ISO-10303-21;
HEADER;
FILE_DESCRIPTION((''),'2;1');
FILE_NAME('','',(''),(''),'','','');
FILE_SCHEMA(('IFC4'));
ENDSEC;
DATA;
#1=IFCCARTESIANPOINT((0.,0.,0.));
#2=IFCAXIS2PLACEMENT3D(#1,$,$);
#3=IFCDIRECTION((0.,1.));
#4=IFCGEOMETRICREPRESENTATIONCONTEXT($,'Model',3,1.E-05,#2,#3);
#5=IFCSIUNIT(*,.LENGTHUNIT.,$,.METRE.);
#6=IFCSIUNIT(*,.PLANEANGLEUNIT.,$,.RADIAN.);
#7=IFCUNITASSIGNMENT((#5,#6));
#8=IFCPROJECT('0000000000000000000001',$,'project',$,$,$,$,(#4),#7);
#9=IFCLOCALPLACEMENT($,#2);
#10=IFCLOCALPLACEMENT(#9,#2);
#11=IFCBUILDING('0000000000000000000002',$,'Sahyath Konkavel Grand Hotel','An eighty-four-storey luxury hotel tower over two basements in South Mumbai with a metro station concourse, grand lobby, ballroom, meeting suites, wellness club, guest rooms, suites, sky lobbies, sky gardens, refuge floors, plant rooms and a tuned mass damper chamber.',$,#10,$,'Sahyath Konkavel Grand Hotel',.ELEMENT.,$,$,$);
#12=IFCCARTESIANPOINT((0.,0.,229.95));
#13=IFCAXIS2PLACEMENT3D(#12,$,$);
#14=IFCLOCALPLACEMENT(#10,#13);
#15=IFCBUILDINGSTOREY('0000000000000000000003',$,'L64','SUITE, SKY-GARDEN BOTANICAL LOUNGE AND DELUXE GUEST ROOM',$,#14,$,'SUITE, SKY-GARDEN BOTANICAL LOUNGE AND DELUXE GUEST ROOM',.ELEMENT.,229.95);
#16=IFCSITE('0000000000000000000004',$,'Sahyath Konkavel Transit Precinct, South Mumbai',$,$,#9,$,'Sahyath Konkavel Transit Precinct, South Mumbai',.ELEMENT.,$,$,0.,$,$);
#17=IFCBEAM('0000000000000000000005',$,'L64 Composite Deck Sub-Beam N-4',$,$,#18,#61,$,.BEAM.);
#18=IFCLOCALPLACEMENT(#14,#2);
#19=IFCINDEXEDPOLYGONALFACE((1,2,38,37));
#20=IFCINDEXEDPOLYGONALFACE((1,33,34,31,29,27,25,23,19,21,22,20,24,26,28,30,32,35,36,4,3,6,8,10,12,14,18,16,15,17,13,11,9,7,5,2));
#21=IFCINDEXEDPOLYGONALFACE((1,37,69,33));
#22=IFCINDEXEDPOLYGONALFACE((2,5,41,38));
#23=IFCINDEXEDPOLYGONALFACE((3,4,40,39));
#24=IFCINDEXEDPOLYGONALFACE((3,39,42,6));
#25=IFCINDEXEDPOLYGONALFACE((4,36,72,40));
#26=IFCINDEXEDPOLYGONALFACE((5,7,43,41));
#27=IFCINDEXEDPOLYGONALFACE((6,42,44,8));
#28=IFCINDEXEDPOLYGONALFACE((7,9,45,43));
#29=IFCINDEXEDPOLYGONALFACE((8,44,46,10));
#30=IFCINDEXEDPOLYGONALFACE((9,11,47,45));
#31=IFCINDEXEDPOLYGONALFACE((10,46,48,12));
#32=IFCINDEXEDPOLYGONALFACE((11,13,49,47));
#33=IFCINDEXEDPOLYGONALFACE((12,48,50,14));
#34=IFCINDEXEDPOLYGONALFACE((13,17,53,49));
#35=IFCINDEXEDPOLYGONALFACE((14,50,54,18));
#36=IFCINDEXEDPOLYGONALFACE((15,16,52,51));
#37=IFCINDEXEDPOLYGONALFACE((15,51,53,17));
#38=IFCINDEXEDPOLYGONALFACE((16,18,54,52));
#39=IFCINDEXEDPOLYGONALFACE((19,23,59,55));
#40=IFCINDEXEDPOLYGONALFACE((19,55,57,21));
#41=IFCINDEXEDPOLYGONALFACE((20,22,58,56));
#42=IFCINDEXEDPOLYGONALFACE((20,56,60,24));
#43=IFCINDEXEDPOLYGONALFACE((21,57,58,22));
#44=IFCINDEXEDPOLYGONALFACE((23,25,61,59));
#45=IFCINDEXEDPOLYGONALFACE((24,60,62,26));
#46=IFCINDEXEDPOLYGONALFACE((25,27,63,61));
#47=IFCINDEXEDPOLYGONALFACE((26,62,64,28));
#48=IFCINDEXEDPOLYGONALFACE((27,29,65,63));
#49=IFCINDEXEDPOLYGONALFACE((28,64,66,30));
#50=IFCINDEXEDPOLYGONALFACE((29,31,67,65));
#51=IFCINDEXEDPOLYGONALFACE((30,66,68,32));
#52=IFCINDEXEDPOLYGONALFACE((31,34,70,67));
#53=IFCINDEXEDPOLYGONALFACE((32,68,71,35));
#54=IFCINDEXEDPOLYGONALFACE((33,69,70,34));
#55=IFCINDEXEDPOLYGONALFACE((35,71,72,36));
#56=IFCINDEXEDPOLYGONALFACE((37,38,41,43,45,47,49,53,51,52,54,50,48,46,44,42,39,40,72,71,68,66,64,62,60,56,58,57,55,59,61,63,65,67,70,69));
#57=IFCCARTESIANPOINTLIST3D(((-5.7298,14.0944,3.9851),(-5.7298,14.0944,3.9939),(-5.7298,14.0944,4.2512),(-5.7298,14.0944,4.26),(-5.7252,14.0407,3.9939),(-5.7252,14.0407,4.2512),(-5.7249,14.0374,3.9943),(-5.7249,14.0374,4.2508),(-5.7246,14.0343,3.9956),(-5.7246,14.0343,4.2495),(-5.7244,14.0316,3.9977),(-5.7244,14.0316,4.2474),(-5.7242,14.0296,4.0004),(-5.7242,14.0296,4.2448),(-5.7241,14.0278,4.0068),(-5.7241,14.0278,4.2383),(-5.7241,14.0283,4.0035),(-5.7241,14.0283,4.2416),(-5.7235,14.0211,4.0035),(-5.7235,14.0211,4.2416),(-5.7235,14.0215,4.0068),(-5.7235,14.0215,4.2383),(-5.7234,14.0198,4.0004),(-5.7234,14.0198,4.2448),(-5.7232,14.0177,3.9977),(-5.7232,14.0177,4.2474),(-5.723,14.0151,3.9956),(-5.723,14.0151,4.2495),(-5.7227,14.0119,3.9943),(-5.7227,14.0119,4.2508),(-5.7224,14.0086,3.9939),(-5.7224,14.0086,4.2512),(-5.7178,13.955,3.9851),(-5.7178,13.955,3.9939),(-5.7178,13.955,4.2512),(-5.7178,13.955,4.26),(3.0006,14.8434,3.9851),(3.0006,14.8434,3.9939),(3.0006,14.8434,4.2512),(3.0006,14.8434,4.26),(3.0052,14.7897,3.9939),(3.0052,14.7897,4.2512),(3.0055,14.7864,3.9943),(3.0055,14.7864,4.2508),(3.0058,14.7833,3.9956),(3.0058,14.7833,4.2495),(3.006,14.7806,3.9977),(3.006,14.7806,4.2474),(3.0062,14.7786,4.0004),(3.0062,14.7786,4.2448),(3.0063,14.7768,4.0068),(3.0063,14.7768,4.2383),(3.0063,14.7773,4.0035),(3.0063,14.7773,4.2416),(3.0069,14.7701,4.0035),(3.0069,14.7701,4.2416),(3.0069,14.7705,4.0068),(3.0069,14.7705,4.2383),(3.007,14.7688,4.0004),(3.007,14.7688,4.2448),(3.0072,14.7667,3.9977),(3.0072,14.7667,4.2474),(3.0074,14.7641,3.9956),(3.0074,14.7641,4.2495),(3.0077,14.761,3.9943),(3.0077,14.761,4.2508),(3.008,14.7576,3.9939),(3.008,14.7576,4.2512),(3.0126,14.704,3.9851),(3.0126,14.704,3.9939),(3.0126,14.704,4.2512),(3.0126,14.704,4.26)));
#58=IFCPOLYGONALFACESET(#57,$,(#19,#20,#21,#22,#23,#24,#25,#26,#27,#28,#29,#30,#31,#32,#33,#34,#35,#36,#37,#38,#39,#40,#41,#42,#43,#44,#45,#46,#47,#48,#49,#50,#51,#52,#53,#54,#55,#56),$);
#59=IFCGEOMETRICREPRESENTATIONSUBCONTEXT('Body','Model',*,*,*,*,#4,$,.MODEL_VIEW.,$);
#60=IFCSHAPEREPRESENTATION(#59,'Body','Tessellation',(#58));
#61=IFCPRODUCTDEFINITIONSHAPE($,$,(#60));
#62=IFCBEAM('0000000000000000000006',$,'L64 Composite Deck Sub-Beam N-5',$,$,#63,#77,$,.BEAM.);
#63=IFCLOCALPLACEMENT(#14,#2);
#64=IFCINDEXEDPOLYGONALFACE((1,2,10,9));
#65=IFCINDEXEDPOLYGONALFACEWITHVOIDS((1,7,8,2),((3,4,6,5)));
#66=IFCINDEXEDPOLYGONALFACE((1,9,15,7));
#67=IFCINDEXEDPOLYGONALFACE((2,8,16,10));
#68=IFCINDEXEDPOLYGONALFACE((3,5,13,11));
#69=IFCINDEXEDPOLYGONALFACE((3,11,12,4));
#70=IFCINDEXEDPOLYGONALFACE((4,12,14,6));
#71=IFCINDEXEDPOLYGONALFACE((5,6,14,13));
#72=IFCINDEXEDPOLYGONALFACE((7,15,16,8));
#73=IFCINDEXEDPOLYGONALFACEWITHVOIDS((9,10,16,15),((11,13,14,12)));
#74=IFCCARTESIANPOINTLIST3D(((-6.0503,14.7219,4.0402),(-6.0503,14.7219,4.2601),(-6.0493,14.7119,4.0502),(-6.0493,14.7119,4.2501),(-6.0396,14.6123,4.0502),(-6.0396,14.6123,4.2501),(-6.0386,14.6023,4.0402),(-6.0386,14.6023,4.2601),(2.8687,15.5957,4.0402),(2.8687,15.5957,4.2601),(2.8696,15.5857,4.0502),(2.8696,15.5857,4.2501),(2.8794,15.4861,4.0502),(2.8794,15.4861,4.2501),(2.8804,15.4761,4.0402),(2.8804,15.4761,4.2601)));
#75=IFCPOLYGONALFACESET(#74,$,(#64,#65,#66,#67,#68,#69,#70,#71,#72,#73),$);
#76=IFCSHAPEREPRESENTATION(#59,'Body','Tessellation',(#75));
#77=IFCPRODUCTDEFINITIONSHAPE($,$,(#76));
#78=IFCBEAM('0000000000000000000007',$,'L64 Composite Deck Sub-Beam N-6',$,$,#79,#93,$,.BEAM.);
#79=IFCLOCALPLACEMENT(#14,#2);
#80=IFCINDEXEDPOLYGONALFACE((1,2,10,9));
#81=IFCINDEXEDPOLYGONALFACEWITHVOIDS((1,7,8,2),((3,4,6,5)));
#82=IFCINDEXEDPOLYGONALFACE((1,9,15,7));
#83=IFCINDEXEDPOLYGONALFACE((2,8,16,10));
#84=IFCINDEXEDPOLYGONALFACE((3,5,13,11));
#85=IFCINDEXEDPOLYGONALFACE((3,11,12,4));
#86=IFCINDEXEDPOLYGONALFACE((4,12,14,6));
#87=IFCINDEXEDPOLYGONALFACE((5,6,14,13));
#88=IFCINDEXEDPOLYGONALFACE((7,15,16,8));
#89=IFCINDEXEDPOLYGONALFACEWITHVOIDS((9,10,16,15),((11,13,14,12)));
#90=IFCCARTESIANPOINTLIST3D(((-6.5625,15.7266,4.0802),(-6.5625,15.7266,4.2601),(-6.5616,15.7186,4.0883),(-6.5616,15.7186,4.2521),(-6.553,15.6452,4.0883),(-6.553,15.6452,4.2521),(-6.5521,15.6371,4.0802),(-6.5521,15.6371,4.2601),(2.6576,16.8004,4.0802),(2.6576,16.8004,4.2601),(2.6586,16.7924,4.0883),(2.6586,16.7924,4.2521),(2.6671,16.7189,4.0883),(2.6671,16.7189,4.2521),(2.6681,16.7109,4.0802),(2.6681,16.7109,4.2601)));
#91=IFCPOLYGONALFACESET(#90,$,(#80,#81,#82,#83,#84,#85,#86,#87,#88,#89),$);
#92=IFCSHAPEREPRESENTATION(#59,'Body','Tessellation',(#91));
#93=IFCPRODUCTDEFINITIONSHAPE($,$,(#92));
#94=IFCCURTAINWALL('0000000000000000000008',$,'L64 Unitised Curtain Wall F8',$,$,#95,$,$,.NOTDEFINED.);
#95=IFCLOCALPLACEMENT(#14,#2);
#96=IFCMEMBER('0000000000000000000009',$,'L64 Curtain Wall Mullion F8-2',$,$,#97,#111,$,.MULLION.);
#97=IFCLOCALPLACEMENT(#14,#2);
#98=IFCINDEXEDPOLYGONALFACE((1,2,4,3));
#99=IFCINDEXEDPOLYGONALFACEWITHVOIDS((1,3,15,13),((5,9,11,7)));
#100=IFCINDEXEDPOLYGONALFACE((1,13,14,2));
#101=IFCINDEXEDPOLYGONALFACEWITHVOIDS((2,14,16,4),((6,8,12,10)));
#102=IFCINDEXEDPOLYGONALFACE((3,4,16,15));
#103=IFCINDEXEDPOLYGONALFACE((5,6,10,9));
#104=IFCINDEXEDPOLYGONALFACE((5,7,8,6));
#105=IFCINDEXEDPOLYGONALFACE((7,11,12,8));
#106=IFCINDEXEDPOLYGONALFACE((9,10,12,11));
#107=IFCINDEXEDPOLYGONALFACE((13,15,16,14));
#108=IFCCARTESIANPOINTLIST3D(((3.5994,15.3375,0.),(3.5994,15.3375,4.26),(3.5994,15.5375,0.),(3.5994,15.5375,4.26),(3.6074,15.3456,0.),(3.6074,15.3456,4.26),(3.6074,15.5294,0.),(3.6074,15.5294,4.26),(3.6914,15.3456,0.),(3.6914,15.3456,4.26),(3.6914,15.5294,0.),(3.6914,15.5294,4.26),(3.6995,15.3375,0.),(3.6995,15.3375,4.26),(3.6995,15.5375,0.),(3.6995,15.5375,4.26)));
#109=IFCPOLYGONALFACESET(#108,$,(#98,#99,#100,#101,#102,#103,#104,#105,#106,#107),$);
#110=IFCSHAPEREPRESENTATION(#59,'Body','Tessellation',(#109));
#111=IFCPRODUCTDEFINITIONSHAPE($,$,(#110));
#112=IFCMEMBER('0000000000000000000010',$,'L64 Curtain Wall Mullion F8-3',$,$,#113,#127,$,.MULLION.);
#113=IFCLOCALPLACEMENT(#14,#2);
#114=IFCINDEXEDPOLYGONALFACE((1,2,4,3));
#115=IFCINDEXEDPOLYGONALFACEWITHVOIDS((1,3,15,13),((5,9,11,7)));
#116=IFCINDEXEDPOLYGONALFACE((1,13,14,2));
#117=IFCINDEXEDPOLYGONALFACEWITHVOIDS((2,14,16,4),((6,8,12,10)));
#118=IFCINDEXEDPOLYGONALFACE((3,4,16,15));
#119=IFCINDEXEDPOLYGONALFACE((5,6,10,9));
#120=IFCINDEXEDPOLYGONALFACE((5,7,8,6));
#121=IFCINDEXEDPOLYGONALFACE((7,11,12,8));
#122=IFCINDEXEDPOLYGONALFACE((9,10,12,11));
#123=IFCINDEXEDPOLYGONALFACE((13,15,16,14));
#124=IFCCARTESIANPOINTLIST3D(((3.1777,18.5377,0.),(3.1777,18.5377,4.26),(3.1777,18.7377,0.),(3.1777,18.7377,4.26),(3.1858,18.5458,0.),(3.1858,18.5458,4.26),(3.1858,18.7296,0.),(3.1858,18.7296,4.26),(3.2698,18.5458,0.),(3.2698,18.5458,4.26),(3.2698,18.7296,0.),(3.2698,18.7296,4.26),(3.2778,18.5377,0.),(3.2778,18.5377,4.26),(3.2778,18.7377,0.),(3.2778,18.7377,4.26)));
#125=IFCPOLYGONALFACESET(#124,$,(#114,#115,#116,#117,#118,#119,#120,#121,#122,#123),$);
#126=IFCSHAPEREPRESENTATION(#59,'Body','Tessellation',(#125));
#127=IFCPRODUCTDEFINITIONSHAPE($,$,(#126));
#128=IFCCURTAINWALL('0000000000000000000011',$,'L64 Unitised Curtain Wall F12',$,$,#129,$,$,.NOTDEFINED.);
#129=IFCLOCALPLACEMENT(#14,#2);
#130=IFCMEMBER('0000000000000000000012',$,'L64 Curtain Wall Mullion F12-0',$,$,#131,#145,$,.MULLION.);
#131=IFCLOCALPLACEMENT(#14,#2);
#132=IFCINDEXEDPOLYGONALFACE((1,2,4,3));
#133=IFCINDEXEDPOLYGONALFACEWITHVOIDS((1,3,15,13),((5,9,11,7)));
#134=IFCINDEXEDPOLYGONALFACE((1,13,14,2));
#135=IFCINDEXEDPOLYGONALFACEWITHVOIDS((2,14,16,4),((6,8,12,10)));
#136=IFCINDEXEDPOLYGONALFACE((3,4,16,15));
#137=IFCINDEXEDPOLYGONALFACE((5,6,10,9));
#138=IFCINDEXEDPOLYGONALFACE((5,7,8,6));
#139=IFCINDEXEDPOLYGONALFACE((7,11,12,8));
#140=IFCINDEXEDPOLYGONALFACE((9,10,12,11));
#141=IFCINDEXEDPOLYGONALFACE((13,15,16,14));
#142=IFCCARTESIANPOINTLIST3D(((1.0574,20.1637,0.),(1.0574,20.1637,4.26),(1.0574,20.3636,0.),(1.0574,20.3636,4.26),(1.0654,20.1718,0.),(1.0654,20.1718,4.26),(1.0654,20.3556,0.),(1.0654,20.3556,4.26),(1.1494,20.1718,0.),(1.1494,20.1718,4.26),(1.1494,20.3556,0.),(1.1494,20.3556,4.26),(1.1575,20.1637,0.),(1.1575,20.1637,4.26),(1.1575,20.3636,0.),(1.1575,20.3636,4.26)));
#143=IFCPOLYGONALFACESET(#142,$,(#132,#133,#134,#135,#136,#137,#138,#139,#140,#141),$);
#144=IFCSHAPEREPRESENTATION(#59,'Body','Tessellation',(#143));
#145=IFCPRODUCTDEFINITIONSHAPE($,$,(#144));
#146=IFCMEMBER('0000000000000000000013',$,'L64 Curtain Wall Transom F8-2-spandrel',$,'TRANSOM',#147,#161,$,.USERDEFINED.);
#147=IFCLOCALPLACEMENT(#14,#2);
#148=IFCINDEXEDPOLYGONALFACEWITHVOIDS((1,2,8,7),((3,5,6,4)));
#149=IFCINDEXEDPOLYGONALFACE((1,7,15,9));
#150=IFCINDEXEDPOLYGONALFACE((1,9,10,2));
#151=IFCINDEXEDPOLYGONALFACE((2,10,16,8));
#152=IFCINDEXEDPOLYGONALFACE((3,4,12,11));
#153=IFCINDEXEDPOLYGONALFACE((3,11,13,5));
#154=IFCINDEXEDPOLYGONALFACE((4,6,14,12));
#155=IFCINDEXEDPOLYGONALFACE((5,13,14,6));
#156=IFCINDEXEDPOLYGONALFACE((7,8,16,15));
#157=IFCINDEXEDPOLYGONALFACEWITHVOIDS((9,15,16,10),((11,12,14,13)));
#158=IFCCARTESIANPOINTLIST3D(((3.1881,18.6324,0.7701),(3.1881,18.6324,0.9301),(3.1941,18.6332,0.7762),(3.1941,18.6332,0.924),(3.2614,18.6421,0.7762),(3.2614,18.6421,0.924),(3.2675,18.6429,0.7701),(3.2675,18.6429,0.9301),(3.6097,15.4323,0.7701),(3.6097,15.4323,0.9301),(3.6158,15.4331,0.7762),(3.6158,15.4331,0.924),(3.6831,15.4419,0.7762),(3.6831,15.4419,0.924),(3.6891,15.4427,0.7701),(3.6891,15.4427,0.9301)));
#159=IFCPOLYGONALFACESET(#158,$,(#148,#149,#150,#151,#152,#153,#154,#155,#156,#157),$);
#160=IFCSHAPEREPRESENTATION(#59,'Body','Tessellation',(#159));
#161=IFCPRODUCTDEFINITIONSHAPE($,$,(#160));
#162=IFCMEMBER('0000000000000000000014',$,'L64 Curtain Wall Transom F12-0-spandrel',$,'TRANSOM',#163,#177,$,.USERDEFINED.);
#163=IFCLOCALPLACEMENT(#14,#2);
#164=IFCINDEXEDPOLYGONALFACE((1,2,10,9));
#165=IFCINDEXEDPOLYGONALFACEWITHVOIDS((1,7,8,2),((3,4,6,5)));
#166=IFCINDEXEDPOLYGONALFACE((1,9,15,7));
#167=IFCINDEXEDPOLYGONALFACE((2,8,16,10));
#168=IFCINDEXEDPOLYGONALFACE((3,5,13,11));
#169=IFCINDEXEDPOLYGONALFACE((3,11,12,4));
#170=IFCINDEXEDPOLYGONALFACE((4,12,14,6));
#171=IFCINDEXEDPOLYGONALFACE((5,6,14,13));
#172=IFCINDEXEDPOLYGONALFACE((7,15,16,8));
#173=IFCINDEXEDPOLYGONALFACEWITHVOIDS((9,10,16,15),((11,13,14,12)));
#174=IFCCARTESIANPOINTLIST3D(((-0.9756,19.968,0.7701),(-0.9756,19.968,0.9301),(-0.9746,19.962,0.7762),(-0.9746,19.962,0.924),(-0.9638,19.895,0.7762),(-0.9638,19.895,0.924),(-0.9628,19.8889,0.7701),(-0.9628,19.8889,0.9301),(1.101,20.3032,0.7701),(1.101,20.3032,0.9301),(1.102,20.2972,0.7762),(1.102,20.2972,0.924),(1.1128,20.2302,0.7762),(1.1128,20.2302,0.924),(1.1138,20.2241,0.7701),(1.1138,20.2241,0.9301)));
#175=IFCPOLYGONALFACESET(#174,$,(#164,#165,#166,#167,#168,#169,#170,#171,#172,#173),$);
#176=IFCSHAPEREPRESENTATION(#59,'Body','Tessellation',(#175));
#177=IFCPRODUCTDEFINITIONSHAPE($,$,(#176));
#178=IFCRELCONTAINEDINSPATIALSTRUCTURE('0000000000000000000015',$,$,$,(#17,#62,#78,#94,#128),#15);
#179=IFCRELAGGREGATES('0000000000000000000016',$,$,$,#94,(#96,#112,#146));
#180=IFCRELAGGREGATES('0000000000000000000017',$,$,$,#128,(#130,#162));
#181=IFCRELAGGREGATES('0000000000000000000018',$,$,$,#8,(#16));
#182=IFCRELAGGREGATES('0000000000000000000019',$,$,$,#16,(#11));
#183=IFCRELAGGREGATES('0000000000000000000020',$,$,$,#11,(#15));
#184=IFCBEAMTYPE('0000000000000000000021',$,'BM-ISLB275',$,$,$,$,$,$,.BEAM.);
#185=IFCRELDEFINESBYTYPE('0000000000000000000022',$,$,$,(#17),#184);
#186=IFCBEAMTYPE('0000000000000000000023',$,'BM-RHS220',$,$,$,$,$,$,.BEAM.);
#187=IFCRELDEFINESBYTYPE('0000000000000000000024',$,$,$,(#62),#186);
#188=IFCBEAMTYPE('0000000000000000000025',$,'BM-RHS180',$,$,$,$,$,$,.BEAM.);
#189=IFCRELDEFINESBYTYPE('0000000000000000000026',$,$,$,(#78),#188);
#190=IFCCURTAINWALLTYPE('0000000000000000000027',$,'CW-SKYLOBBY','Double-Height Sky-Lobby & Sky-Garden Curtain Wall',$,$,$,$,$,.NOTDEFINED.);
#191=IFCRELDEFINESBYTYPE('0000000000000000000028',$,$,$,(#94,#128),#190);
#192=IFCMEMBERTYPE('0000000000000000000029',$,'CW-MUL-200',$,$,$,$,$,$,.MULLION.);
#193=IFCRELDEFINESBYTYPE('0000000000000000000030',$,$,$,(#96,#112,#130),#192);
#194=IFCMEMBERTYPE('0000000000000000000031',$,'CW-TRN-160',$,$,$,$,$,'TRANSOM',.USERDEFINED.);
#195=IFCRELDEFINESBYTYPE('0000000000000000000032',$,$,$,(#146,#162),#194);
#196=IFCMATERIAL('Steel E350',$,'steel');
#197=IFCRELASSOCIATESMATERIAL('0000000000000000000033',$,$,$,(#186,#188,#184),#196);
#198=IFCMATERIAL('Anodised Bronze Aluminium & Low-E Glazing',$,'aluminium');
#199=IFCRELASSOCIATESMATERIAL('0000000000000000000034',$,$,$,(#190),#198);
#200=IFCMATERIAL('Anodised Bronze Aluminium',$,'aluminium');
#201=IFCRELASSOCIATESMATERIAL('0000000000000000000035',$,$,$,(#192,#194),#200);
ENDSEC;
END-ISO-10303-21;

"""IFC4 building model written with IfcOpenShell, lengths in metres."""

from ifc_helpers import new_model, si_unit, direction, frame, origin, origin_2d, place, context, subcontext, project, spatial, hollow_rectangle, i_section, extrude, source, transform, mapped, material, material_profile, profile_set, type_object, element, aggregate, save


model = new_model("IFC4")

# Units and contexts
model_context = context("Model", 3, precision=1e-05, world=origin(), true_north=direction((0.0, 1.0)))
body_context = subcontext(model_context, "Body", "Model", "MODEL_VIEW")
ifc_project = project(units=[si_unit("LENGTHUNIT", "METRE"), si_unit("PLANEANGLEUNIT", "RADIAN")], contexts=[model_context])

# Site, building, storey
site_placement = place(None, origin())
site = spatial("IfcSite", under=ifc_project, at=site_placement, Name="Sahyath Konkavel Transit Precinct, South Mumbai", LongName="Sahyath Konkavel Transit Precinct, South Mumbai", CompositionType="ELEMENT", RefElevation=0.0)
building_placement = place(site_placement, origin())
building = spatial("IfcBuilding", under=site, at=building_placement, Name="Sahyath Konkavel Grand Hotel", Description="An eighty-four-storey luxury hotel tower over two basements in South Mumbai with a metro station concourse, grand lobby, ballroom, meeting suites, wellness club, guest rooms, suites, sky lobbies, sky gardens, refuge floors, plant rooms and a tuned mass damper chamber.", LongName="Sahyath Konkavel Grand Hotel", CompositionType="ELEMENT")
storey_placement = place(building_placement, frame((0.0, 0.0, 229.95)))
storey = spatial("IfcBuildingStorey", under=building, at=storey_placement, Name="L64", Description="SUITE, SKY-GARDEN BOTANICAL LOUNGE AND DELUXE GUEST ROOM", LongName="SUITE, SKY-GARDEN BOTANICAL LOUNGE AND DELUXE GUEST ROOM", CompositionType="ELEMENT", Elevation=229.95)

# Beams
ifc_material_1 = material(Name="Steel E350", Category="steel")
ifc_material_profile_1 = material_profile(ifc_material_1, hollow_rectangle(XDim=0.1201, YDim=0.22, WallThickness=0.01, at=origin_2d()), Name="RHS 220x120x10")
ifc_profile_set_1 = profile_set([ifc_material_profile_1], Name="Steel E350")
beam_type_1 = type_object("IfcBeamType", Name="BM-RHS220", PredefinedType="BEAM", material=ifc_profile_set_1)
ifc_material_profile_2 = material_profile(ifc_material_1, hollow_rectangle(XDim=0.0901, YDim=0.1799, WallThickness=0.0081, at=origin_2d()), Name="RHS 180x90x8")
ifc_profile_set_2 = profile_set([ifc_material_profile_2], Name="Steel E350")
beam_type_2 = type_object("IfcBeamType", Name="BM-RHS180", PredefinedType="BEAM", material=ifc_profile_set_2)
ifc_material_profile_3 = material_profile(ifc_material_1, i_section(OverallWidth=0.1399, OverallDepth=0.2749, WebThickness=0.0063, FlangeThickness=0.0088, FilletRadius=0.0129, at=origin_2d()), Name="ISLB 275")
ifc_profile_set_3 = profile_set([ifc_material_profile_3], Name="Steel E350")
beam_type_3 = type_object("IfcBeamType", Name="BM-ISLB275", PredefinedType="BEAM", material=ifc_profile_set_3)
shared_shape_1 = source(origin(), body_context, "Body", "SweptSolid", [
    extrude(i_section(OverallWidth=0.1399, OverallDepth=0.2749, WebThickness=0.0063, FlangeThickness=0.0088, FilletRadius=0.0129, at=origin_2d()), origin(), (0.0, 0.0, 1.0), 8.7625),
])
beam_1_placement = place(storey_placement, frame((3.0066, 14.7737, 4.1226), z_axis=(-0.99634, -0.08548, 0.0), x_axis=(0.08548, -0.99634, 0.0)))
element("IfcBeam", 1, at=beam_1_placement, inside=storey, type_object=beam_type_3, Name="L64 Composite Deck Sub-Beam N-4", PredefinedType="BEAM", context=body_context, shape_type="MappedRepresentation", body=[
    mapped(shared_shape_1, transform((0.0, 0.0, 0.0), scale=1.0)),
])
shared_shape_2 = source(origin(), body_context, "Body", "SweptSolid", [
    extrude(hollow_rectangle(XDim=0.1201, YDim=0.22, WallThickness=0.01, at=origin_2d()), origin(), (0.0, 0.0, 1.0), 8.9617),
])
beam_2_placement = place(storey_placement, frame((2.8745, 15.5359, 4.1501), z_axis=(-0.995235, -0.097502, 0.0), x_axis=(0.097502, -0.995235, 0.0)))
element("IfcBeam", 2, at=beam_2_placement, inside=storey, type_object=beam_type_1, Name="L64 Composite Deck Sub-Beam N-5", PredefinedType="BEAM", context=body_context, shape_type="MappedRepresentation", body=[
    mapped(shared_shape_2, transform((0.0, 0.0, 0.0), scale=1.0)),
])
shared_shape_3 = source(origin(), body_context, "Body", "SweptSolid", [
    extrude(hollow_rectangle(XDim=0.0901, YDim=0.1799, WallThickness=0.0081, at=origin_2d()), origin(), (0.0, 0.0, 1.0), 9.2825),
])
beam_3_placement = place(storey_placement, frame((2.6628, 16.7556, 4.1702), z_axis=(-0.993287, -0.115672, 0.0), x_axis=(0.115672, -0.993287, 0.0)))
element("IfcBeam", 3, at=beam_3_placement, inside=storey, type_object=beam_type_2, Name="L64 Composite Deck Sub-Beam N-6", PredefinedType="BEAM", context=body_context, shape_type="MappedRepresentation", body=[
    mapped(shared_shape_3, transform((0.0, 0.0, 0.0), scale=1.0)),
])

# Curtain wall, members
ifc_material_2 = material(Name="Anodised Bronze Aluminium & Low-E Glazing", Category="aluminium")
curtain_wall_type = type_object("IfcCurtainWallType", Name="CW-SKYLOBBY", Description="Double-Height Sky-Lobby & Sky-Garden Curtain Wall", PredefinedType="NOTDEFINED", material=ifc_material_2)
curtain_wall_1_placement = place(storey_placement, origin())
curtain_wall_1 = element("IfcCurtainWall", 4, at=curtain_wall_1_placement, inside=storey, type_object=curtain_wall_type, Name="L64 Unitised Curtain Wall F8", PredefinedType="NOTDEFINED")
ifc_material_3 = material(Name="Anodised Bronze Aluminium", Category="aluminium")
ifc_material_profile_4 = material_profile(ifc_material_3, hollow_rectangle(XDim=0.1001, YDim=0.2, WallThickness=0.0081, at=origin_2d()), Name="RHS 200x100x8")
ifc_profile_set_4 = profile_set([ifc_material_profile_4], Name="Anodised Bronze Aluminium")
member_type_1 = type_object("IfcMemberType", Name="CW-MUL-200", PredefinedType="MULLION", material=ifc_profile_set_4)
shared_shape_4 = source(origin(), body_context, "Body", "SweptSolid", [
    extrude(hollow_rectangle(XDim=0.1001, YDim=0.2, WallThickness=0.0081, at=origin_2d()), origin(), (0.0, 0.0, 1.0), 4.26),
])
member_1_placement = place(storey_placement, frame((3.6494, 15.4375, 0.0), z_axis=(0.0, 0.0, 1.0), x_axis=(1.0, 0.0, 0.0)))
member_1 = element("IfcMember", 5, at=member_1_placement, type_object=member_type_1, Name="L64 Curtain Wall Mullion F8-2", PredefinedType="MULLION", context=body_context, shape_type="MappedRepresentation", body=[
    mapped(shared_shape_4, transform((0.0, 0.0, 0.0), scale=1.0)),
])
member_2_placement = place(storey_placement, frame((3.2278, 18.6377, 0.0), z_axis=(0.0, 0.0, 1.0), x_axis=(1.0, 0.0, 0.0)))
member_2 = element("IfcMember", 6, at=member_2_placement, type_object=member_type_1, Name="L64 Curtain Wall Mullion F8-3", PredefinedType="MULLION", context=body_context, shape_type="MappedRepresentation", body=[
    mapped(shared_shape_4, transform((0.0, 0.0, 0.0), scale=1.0)),
])

# Curtain wall, member
curtain_wall_2_placement = place(storey_placement, origin())
curtain_wall_2 = element("IfcCurtainWall", 7, at=curtain_wall_2_placement, inside=storey, type_object=curtain_wall_type, Name="L64 Unitised Curtain Wall F12", PredefinedType="NOTDEFINED")
member_3_placement = place(storey_placement, frame((1.1074, 20.2637, 0.0), z_axis=(0.0, 0.0, 1.0), x_axis=(1.0, 0.0, 0.0)))
member_3 = element("IfcMember", 8, at=member_3_placement, type_object=member_type_1, Name="L64 Curtain Wall Mullion F12-0", PredefinedType="MULLION", context=body_context, shape_type="MappedRepresentation", body=[
    mapped(shared_shape_4, transform((0.0, 0.0, 0.0), scale=1.0)),
])

# Members
ifc_material_profile_5 = material_profile(ifc_material_3, hollow_rectangle(XDim=0.0801, YDim=0.1599, WallThickness=0.0061, at=origin_2d()), Name="RHS 160x80x6")
ifc_profile_set_5 = profile_set([ifc_material_profile_5], Name="Anodised Bronze Aluminium")
member_type_2 = type_object("IfcMemberType", Name="CW-TRN-160", ElementType="TRANSOM", PredefinedType="USERDEFINED", material=ifc_profile_set_5)
shared_shape_5 = source(origin(), body_context, "Body", "SweptSolid", [
    extrude(hollow_rectangle(XDim=0.0801, YDim=0.1599, WallThickness=0.0061, at=origin_2d()), origin(), (0.0, 0.0, 1.0), 3.2278),
])
member_4_placement = place(storey_placement, frame((3.6494, 15.4375, 0.8501), z_axis=(-0.130623, 0.991432, 0.0), x_axis=(-0.991432, -0.130623, 0.0)))
member_4 = element("IfcMember", 9, at=member_4_placement, type_object=member_type_2, Name="L64 Curtain Wall Transom F8-2-spandrel", ObjectType="TRANSOM", PredefinedType="USERDEFINED", context=body_context, shape_type="MappedRepresentation", body=[
    mapped(shared_shape_5, transform((0.0, 0.0, 0.0), scale=1.0)),
])
shared_shape_6 = source(origin(), body_context, "Body", "SweptSolid", [
    extrude(hollow_rectangle(XDim=0.0801, YDim=0.1599, WallThickness=0.0061, at=origin_2d()), origin(), (0.0, 0.0, 1.0), 2.1035),
])
member_5_placement = place(storey_placement, frame((1.1074, 20.2637, 0.8501), z_axis=(-0.987222, -0.159353, 0.0), x_axis=(0.159353, -0.987222, 0.0)))
member_5 = element("IfcMember", 10, at=member_5_placement, type_object=member_type_2, Name="L64 Curtain Wall Transom F12-0-spandrel", ObjectType="TRANSOM", PredefinedType="USERDEFINED", context=body_context, shape_type="MappedRepresentation", body=[
    mapped(shared_shape_6, transform((0.0, 0.0, 0.0), scale=1.0)),
])

aggregate(curtain_wall_1, [member_1, member_2, member_4])
aggregate(curtain_wall_2, [member_3, member_5])

save(model, "model.ifc")
